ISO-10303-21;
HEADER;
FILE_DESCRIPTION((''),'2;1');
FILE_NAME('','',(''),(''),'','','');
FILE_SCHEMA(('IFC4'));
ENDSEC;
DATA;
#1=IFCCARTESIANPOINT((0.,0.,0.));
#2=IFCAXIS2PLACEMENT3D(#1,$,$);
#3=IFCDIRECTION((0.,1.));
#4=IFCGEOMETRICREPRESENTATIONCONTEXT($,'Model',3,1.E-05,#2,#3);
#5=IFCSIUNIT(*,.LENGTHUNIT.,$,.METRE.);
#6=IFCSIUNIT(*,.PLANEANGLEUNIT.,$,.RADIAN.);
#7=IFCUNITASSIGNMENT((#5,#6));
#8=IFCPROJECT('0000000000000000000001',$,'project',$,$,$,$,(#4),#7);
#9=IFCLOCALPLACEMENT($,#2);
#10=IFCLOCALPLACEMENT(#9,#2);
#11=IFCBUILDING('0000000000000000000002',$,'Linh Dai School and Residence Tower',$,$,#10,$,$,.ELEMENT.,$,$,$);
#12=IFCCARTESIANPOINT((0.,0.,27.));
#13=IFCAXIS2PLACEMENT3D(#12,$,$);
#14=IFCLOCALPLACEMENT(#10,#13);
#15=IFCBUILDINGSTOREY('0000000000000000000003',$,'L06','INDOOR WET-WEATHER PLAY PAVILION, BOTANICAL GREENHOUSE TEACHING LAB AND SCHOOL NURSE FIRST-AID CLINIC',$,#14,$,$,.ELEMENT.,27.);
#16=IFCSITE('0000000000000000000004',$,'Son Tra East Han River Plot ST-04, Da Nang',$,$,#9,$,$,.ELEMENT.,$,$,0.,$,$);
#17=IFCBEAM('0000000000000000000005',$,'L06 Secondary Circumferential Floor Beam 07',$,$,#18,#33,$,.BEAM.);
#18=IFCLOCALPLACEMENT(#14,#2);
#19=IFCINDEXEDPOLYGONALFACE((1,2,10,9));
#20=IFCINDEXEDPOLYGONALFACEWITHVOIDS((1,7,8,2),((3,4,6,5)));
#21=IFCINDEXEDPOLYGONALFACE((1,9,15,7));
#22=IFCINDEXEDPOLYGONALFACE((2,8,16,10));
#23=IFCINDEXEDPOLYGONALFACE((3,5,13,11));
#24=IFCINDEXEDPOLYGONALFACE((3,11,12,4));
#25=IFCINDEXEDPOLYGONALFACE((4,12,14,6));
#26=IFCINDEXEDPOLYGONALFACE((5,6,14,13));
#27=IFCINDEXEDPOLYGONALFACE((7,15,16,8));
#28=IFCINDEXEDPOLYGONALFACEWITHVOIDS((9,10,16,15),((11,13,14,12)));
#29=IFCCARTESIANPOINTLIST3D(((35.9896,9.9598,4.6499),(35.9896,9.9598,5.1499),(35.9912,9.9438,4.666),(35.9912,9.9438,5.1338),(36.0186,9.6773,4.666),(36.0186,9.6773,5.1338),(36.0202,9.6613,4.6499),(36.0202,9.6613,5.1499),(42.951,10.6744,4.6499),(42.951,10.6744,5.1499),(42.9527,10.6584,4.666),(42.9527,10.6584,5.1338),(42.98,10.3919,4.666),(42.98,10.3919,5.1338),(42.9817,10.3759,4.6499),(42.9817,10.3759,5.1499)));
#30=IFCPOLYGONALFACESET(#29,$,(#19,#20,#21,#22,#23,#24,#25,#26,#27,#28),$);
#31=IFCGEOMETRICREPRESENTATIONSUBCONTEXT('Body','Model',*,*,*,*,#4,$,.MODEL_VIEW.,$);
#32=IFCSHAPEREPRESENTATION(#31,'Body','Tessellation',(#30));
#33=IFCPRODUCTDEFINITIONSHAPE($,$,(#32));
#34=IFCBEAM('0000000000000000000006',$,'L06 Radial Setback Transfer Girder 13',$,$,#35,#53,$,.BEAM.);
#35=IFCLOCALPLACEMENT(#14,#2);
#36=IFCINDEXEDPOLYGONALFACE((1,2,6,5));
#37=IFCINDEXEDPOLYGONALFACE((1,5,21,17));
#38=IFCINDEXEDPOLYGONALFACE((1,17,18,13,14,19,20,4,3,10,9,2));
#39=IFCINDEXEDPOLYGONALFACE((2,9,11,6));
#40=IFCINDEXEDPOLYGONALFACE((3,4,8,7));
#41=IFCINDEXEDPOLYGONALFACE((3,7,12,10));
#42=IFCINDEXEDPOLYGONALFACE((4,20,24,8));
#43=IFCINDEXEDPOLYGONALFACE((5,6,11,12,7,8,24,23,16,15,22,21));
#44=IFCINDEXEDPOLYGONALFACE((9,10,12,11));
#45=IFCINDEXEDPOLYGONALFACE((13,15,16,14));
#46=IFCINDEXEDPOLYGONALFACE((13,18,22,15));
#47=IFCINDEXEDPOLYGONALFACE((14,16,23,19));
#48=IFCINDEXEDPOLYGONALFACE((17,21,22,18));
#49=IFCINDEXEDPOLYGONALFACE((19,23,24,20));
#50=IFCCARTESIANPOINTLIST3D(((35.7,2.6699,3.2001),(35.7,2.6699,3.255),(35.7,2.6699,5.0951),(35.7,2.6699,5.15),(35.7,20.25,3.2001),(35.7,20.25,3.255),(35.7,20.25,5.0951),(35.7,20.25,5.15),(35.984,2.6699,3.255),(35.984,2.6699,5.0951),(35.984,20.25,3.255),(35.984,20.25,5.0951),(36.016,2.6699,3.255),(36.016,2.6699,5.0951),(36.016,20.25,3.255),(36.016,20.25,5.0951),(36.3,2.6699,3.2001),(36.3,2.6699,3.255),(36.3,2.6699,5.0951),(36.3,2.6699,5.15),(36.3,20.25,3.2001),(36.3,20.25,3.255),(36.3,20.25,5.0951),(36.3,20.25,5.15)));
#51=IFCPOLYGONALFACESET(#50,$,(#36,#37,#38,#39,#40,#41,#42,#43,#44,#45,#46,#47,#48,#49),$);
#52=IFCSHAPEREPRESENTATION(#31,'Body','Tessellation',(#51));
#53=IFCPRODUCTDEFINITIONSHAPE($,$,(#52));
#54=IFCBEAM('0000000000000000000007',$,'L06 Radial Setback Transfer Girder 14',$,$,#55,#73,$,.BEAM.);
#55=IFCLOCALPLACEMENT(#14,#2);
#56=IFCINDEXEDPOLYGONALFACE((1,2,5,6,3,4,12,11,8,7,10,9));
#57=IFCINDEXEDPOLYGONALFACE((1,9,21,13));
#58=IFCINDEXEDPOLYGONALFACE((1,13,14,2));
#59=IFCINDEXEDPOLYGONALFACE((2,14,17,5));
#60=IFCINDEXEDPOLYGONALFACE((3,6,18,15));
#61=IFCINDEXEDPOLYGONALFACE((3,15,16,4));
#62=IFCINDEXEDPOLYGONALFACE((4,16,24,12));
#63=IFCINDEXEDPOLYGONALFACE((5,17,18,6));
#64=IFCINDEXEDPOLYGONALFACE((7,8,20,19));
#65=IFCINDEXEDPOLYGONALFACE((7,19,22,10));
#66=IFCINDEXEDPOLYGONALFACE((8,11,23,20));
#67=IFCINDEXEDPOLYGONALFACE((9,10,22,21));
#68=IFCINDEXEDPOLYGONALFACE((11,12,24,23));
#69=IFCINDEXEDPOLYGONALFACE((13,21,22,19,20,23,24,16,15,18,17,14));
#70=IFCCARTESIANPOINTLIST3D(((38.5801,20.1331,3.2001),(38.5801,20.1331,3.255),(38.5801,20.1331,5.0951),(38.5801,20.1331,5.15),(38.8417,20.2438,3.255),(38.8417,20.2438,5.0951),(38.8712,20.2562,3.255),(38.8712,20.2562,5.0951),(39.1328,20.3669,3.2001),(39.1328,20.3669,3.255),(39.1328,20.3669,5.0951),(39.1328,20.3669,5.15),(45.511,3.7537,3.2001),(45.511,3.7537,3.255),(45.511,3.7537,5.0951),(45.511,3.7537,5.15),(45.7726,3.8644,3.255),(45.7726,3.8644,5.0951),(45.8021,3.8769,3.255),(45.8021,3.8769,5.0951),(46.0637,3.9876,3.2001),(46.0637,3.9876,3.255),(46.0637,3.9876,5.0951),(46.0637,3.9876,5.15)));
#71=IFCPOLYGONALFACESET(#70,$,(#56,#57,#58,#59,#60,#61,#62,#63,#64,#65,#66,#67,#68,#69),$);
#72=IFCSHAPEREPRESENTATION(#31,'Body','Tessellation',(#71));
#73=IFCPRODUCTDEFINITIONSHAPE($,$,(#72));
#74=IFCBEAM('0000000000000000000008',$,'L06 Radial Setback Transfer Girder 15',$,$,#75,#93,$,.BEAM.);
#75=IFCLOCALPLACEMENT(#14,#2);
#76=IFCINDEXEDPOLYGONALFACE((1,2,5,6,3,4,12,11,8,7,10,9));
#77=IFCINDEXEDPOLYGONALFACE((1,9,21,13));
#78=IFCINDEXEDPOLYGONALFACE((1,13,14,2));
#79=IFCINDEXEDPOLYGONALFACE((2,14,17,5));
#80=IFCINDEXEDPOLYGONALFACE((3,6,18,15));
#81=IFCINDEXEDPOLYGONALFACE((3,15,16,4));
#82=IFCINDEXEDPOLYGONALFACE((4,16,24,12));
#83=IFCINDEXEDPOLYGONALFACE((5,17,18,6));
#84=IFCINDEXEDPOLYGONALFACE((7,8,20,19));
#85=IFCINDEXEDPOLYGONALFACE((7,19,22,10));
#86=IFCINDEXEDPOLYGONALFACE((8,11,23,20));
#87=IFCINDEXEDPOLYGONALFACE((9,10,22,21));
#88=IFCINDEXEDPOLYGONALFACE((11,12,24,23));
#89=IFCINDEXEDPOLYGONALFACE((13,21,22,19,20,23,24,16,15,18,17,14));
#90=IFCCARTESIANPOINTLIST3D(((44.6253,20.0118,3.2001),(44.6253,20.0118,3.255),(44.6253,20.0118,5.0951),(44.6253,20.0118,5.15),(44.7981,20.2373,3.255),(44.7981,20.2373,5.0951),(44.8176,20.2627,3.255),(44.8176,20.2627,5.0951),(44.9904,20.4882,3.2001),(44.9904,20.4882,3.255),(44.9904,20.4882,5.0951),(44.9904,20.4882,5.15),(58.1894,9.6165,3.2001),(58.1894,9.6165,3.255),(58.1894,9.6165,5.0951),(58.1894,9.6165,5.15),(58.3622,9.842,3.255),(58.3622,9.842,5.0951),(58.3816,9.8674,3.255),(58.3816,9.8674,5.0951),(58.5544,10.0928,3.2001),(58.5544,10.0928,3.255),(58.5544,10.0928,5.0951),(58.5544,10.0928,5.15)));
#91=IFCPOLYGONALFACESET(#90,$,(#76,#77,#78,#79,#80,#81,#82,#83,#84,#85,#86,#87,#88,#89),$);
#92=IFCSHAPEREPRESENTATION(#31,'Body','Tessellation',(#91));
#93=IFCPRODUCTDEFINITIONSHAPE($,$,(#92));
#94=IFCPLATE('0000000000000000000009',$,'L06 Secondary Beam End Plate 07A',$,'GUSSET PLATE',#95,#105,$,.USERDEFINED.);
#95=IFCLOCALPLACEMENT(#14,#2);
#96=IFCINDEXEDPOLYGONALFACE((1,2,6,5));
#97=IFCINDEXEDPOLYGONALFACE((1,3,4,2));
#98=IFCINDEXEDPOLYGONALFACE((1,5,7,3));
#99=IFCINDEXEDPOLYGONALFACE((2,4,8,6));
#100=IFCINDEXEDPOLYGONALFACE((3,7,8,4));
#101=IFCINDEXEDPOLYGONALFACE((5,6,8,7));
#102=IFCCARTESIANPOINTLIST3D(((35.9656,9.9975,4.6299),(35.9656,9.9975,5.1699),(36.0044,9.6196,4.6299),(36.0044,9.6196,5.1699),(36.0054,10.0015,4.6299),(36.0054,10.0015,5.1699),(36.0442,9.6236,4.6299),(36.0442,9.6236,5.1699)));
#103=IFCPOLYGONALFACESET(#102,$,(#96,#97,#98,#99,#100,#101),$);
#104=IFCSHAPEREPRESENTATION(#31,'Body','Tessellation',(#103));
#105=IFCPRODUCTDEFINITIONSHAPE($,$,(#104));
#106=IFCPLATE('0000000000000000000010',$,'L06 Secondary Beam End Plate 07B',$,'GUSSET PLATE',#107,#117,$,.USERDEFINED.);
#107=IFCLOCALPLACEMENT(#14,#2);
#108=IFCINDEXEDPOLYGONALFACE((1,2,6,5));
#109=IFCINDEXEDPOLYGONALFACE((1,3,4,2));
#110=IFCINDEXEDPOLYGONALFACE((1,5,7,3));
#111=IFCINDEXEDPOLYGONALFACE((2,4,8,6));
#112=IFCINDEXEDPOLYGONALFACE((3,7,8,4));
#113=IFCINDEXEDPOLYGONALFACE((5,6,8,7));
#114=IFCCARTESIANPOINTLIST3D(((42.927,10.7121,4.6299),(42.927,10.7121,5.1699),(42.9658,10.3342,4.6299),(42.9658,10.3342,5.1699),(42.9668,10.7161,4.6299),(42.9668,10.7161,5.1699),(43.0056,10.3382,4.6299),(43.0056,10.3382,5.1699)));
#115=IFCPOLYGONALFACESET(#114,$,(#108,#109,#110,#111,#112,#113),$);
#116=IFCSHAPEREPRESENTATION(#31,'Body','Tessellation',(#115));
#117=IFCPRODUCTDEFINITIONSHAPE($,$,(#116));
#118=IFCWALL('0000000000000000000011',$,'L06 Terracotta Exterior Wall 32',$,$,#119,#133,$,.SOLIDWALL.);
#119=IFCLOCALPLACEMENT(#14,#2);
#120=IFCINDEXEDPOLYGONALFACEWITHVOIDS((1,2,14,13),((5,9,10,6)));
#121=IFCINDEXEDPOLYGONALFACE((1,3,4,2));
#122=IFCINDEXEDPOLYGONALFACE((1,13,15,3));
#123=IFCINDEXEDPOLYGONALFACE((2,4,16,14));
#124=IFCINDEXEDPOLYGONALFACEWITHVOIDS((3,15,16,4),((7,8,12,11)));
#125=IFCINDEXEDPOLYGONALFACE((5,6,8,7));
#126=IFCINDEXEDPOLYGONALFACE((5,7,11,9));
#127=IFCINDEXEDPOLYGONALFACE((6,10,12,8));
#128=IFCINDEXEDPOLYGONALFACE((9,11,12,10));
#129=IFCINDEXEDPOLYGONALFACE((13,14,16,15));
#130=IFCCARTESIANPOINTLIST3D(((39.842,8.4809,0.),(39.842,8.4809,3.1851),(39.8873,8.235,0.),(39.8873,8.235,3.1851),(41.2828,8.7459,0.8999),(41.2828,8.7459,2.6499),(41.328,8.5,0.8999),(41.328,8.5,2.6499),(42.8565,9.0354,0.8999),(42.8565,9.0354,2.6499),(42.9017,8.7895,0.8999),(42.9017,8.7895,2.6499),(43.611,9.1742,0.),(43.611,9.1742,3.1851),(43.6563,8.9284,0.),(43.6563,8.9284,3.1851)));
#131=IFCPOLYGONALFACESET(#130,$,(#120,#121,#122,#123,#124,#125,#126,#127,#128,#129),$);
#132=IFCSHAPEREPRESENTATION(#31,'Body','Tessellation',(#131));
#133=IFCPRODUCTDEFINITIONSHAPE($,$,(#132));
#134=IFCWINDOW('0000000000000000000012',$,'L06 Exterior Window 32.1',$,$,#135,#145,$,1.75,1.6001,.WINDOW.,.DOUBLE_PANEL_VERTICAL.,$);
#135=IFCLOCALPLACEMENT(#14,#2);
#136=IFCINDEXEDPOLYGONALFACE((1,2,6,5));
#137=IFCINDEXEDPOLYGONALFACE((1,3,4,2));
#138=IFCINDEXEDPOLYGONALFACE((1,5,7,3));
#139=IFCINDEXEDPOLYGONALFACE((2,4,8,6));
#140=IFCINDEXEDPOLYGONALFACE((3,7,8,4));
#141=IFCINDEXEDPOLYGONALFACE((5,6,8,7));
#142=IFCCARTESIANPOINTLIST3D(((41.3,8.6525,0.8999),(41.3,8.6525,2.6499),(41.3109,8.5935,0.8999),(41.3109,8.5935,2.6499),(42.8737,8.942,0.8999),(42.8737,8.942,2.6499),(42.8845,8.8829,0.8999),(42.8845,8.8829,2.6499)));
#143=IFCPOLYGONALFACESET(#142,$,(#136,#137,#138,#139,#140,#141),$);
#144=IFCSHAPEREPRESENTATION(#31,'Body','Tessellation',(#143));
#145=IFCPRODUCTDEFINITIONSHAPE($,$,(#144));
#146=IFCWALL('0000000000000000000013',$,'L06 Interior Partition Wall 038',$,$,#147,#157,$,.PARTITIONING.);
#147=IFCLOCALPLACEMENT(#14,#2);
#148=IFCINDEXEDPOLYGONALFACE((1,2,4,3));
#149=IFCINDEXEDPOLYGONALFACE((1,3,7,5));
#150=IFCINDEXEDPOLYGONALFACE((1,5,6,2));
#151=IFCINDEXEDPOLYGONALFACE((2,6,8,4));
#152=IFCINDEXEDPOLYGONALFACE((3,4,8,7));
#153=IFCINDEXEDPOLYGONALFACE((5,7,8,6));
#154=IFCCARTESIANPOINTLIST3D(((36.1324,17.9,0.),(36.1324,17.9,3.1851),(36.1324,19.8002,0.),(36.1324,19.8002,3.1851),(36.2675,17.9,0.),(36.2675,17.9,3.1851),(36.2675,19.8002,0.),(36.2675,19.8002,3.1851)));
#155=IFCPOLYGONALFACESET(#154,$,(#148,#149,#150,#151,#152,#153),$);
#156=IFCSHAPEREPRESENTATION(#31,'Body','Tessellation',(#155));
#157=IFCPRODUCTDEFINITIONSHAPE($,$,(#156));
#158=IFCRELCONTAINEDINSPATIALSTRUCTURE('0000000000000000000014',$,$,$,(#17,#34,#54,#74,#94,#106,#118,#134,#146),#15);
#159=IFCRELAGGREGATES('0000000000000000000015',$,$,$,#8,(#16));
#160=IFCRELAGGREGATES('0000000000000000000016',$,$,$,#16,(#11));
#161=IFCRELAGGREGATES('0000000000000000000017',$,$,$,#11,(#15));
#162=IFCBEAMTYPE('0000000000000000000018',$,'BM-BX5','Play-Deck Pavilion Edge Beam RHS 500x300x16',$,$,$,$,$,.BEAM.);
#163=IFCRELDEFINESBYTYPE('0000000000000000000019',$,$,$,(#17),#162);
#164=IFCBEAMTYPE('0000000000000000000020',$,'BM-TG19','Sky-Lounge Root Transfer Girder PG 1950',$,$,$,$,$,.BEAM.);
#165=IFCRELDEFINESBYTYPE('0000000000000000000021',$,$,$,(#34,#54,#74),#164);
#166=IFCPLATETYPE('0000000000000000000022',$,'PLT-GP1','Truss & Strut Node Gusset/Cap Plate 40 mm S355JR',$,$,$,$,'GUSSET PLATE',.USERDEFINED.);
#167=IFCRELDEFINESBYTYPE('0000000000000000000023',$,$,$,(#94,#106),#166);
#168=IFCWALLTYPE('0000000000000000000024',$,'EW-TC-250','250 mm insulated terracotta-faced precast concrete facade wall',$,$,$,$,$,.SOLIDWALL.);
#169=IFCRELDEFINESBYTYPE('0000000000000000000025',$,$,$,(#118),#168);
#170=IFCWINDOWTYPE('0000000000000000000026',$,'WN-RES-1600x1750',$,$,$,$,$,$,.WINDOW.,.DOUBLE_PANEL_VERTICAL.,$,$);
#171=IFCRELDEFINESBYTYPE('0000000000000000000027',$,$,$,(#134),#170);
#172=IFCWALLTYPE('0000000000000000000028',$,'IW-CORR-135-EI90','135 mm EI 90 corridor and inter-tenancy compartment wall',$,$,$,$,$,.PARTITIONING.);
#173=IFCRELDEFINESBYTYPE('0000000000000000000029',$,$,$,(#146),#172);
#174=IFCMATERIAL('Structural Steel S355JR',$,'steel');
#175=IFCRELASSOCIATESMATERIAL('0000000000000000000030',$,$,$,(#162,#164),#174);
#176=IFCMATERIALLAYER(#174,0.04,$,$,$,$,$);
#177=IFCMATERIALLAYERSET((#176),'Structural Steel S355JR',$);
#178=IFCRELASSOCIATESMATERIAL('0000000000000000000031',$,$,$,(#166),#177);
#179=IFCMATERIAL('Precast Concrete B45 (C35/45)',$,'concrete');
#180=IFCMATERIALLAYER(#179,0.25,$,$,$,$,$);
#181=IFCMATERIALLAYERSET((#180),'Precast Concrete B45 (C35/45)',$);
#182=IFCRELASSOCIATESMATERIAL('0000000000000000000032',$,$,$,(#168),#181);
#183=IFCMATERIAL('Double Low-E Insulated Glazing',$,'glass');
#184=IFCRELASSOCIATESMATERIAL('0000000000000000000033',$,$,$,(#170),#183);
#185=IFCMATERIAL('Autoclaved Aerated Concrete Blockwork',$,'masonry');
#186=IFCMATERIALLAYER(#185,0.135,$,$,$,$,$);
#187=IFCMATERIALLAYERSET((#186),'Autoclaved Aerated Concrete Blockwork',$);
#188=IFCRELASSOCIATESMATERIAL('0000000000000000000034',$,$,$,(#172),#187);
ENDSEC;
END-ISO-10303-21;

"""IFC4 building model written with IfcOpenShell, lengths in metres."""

from ifc_helpers import new_model, si_unit, direction, frame, frame_2d, origin, origin_2d, place, context, subcontext, project, spatial, rectangle, hollow_rectangle, i_section, extrude, source, transform, mapped, material, layer, layer_set, material_profile, profile_set, type_object, element, fill, save


model = new_model("IFC4")

# Units and contexts
model_context = context("Model", 3, precision=1e-05, world=origin(), true_north=direction((0.0, 1.0)))
body_context = subcontext(model_context, "Body", "Model", "MODEL_VIEW")
ifc_project = project(units=[si_unit("LENGTHUNIT", "METRE"), si_unit("PLANEANGLEUNIT", "RADIAN")], contexts=[model_context])

# Site, building, storey
site_placement = place(None, origin())
site = spatial("IfcSite", under=ifc_project, at=site_placement, Name="Son Tra East Han River Plot ST-04, Da Nang", CompositionType="ELEMENT", RefElevation=0.0)
building_placement = place(site_placement, origin())
building = spatial("IfcBuilding", under=site, at=building_placement, Name="Linh Dai School and Residence Tower", CompositionType="ELEMENT")
storey_placement = place(building_placement, frame((0.0, 0.0, 27.0)))
storey = spatial("IfcBuildingStorey", under=building, at=storey_placement, Name="L06", Description="INDOOR WET-WEATHER PLAY PAVILION, BOTANICAL GREENHOUSE TEACHING LAB AND SCHOOL NURSE FIRST-AID CLINIC", CompositionType="ELEMENT", Elevation=27.0)

# Beams
ifc_material_1 = material(Name="Structural Steel S355JR", Category="steel")
ifc_material_profile_1 = material_profile(ifc_material_1, hollow_rectangle(XDim=0.3, YDim=0.5, WallThickness=0.0161, at=origin_2d()), Name="RHS 500x300x16")
ifc_profile_set_1 = profile_set([ifc_material_profile_1], Name="Structural Steel S355JR")
beam_type_1 = type_object("IfcBeamType", Name="BM-BX5", Description="Play-Deck Pavilion Edge Beam RHS 500x300x16", PredefinedType="BEAM", material=ifc_profile_set_1)
beam_1_placement = place(storey_placement, frame((36.0049, 9.8105, 4.8999), z_axis=(0.994773, 0.102115, 0.0), x_axis=(-0.102115, 0.994773, 0.0)))
element("IfcBeam", 1, at=beam_1_placement, inside=storey, type_object=beam_type_1, Name="L06 Secondary Circumferential Floor Beam 07", PredefinedType="BEAM", context=body_context, shape_type="SweptSolid", body=[
    extrude(hollow_rectangle(XDim=0.3, YDim=0.5, WallThickness=0.0161, at=origin_2d()), origin(), (0.0, 0.0, 1.0), 6.998),
])
ifc_material_profile_2 = material_profile(ifc_material_1, i_section(OverallWidth=0.6001, OverallDepth=1.95, WebThickness=0.032, FlangeThickness=0.0549, at=origin_2d()), Name="PG 1950x600x32x55")
ifc_profile_set_2 = profile_set([ifc_material_profile_2], Name="Structural Steel S355JR")
beam_type_2 = type_object("IfcBeamType", Name="BM-TG19", Description="Sky-Lounge Root Transfer Girder PG 1950", PredefinedType="BEAM", material=ifc_profile_set_2)
beam_2_placement = place(storey_placement, frame((36.0, 20.25, 4.175), z_axis=(0.0, -1.0, 0.0), x_axis=(1.0, 0.0, 0.0)))
element("IfcBeam", 2, at=beam_2_placement, inside=storey, type_object=beam_type_2, Name="L06 Radial Setback Transfer Girder 13", PredefinedType="BEAM", context=body_context, shape_type="SweptSolid", body=[
    extrude(i_section(OverallWidth=0.6001, OverallDepth=1.95, WebThickness=0.032, FlangeThickness=0.0549, at=origin_2d()), origin(), (0.0, 0.0, 1.0), 17.5801),
])
beam_3_placement = place(storey_placement, frame((38.8564, 20.25, 4.175), z_axis=(0.389696, -0.920944, 0.0), x_axis=(0.920944, 0.389696, 0.0)))
element("IfcBeam", 3, at=beam_3_placement, inside=storey, type_object=beam_type_2, Name="L06 Radial Setback Transfer Girder 14", PredefinedType="BEAM", context=body_context, shape_type="SweptSolid", body=[
    extrude(i_section(OverallWidth=0.6001, OverallDepth=1.95, WebThickness=0.032, FlangeThickness=0.0549, at=origin_2d()), origin(), (0.0, 0.0, 1.0), 17.7854),
])
beam_4_placement = place(storey_placement, frame((44.8079, 20.25, 4.175), z_axis=(0.793713, -0.608292, 0.0), x_axis=(0.608292, 0.793713, 0.0)))
element("IfcBeam", 4, at=beam_4_placement, inside=storey, type_object=beam_type_2, Name="L06 Radial Setback Transfer Girder 15", PredefinedType="BEAM", context=body_context, shape_type="SweptSolid", body=[
    extrude(i_section(OverallWidth=0.6001, OverallDepth=1.95, WebThickness=0.032, FlangeThickness=0.0549, at=origin_2d()), origin(), (0.0, 0.0, 1.0), 17.0894),
])

# Plates
ifc_layer_1 = layer(ifc_material_1, 0.04)
ifc_layer_set_1 = layer_set([ifc_layer_1], Name="Structural Steel S355JR")
plate_type = type_object("IfcPlateType", Name="PLT-GP1", Description="Truss & Strut Node Gusset/Cap Plate 40 mm S355JR", ElementType="GUSSET PLATE", PredefinedType="USERDEFINED", material=ifc_layer_set_1)
shared_shape_1 = source(origin(), body_context, "Body", "SweptSolid", [
    extrude(rectangle(XDim=0.04, YDim=0.3799, at=origin_2d()), origin(), (0.0, 0.0, 1.0), 0.54),
])
for number, where, z_axis, x_axis, name in (
    (5, (36.0049, 9.8105, 4.6299), (0.0, 0.0, 1.0), (0.994772, 0.102124, 0.0), "L06 Secondary Beam End Plate 07A"),
    (6, (42.9663, 10.5251, 4.6299), (0.0, 0.0, 1.0), (0.994772, 0.102124, 0.0), "L06 Secondary Beam End Plate 07B"),
):
    element("IfcPlate", number, at=place(storey_placement, frame(where, z_axis=z_axis, x_axis=x_axis)), inside=storey, type_object=plate_type, Name=name, ObjectType="GUSSET PLATE", PredefinedType="USERDEFINED", context=body_context, shape_type="MappedRepresentation", body=[
        mapped(shared_shape_1, transform((0.0, 0.0, 0.0), x_axis=(1.0, 0.0, 0.0), y_axis=(0.0, 1.0, 0.0), z_axis=(0.0, 0.0, 1.0), scale=1.0)),
    ])

# Wall, opening, window
ifc_material_2 = material(Name="Precast Concrete B45 (C35/45)", Category="concrete")
ifc_layer_2 = layer(ifc_material_2, 0.25)
ifc_layer_set_2 = layer_set([ifc_layer_2], Name="Precast Concrete B45 (C35/45)")
wall_type_1 = type_object("IfcWallType", Name="EW-TC-250", Description="250 mm insulated terracotta-faced precast concrete facade wall", PredefinedType="SOLIDWALL", material=ifc_layer_set_2)
wall_1_placement = place(storey_placement, frame((43.6335, 9.0513, 0.0), z_axis=(0.0, 0.0, 1.0), x_axis=(-0.983497, -0.180926, 0.0)))
wall_1 = element("IfcWall", 7, at=wall_1_placement, inside=storey, type_object=wall_type_1, Name="L06 Terracotta Exterior Wall 32", PredefinedType="SOLIDWALL", context=body_context, shape_type="SweptSolid", body=[
    extrude(rectangle(XDim=3.8323, YDim=0.25, at=frame_2d((1.916, 0.0))), origin(), (0.0, 0.0, 1.0), 3.1851),
])
opening_1_placement = place(wall_1_placement, frame((0.7671, 0.0, 0.8999)))
opening_1 = element("IfcOpeningElement", 8, at=opening_1_placement, cuts=wall_1, PredefinedType="OPENING", context=body_context, shape_type="SweptSolid", body=[
    extrude(rectangle(XDim=1.6001, YDim=1.75, at=origin_2d()), frame((0.8, 0.135, 0.875), z_axis=(0.0, -1.0, 0.0), x_axis=(1.0, 0.0, 0.0)), (0.0, 0.0, 1.0), 0.27),
])
ifc_material_3 = material(Name="Double Low-E Insulated Glazing", Category="glass")
window_type = type_object("IfcWindowType", Name="WN-RES-1600x1750", PartitioningType="DOUBLE_PANEL_VERTICAL", PredefinedType="WINDOW", material=ifc_material_3)
shared_shape_2 = source(origin(), body_context, "Body", "SweptSolid", [
    extrude(rectangle(XDim=1.6001, YDim=1.75, at=origin_2d()), frame((0.8, 0.03, 0.875), z_axis=(0.0, -1.0, 0.0), x_axis=(1.0, 0.0, 0.0)), (0.0, 0.0, 1.0), 0.0601),
])
window_placement = place(opening_1_placement, origin())
window = element("IfcWindow", 9, at=window_placement, inside=storey, type_object=window_type, Name="L06 Exterior Window 32.1", OverallHeight=1.75, OverallWidth=1.6001, PartitioningType="DOUBLE_PANEL_VERTICAL", PredefinedType="WINDOW", context=body_context, shape_type="MappedRepresentation", body=[
    mapped(shared_shape_2, transform((0.0, 0.0, 0.0), x_axis=(1.0, 0.0, 0.0), y_axis=(0.0, 1.0, 0.0), z_axis=(0.0, 0.0, 1.0), scale=1.0)),
])
fill(opening_1, window)

# Wall
ifc_material_4 = material(Name="Autoclaved Aerated Concrete Blockwork", Category="masonry")
ifc_layer_3 = layer(ifc_material_4, 0.135)
ifc_layer_set_3 = layer_set([ifc_layer_3], Name="Autoclaved Aerated Concrete Blockwork")
wall_type_2 = type_object("IfcWallType", Name="IW-CORR-135-EI90", Description="135 mm EI 90 corridor and inter-tenancy compartment wall", PredefinedType="PARTITIONING", material=ifc_layer_set_3)
wall_2_placement = place(storey_placement, frame((36.2, 17.8999, 0.0), z_axis=(0.0, 0.0, 1.0), x_axis=(0.0, 1.0, 0.0)))
element("IfcWall", 10, at=wall_2_placement, inside=storey, type_object=wall_type_2, Name="L06 Interior Partition Wall 038", PredefinedType="PARTITIONING", context=body_context, shape_type="SweptSolid", body=[
    extrude(rectangle(XDim=1.9001, YDim=0.135, at=frame_2d((0.9502, 0.0))), origin(), (0.0, 0.0, 1.0), 3.1851),
])

save(model, "model.ifc")
